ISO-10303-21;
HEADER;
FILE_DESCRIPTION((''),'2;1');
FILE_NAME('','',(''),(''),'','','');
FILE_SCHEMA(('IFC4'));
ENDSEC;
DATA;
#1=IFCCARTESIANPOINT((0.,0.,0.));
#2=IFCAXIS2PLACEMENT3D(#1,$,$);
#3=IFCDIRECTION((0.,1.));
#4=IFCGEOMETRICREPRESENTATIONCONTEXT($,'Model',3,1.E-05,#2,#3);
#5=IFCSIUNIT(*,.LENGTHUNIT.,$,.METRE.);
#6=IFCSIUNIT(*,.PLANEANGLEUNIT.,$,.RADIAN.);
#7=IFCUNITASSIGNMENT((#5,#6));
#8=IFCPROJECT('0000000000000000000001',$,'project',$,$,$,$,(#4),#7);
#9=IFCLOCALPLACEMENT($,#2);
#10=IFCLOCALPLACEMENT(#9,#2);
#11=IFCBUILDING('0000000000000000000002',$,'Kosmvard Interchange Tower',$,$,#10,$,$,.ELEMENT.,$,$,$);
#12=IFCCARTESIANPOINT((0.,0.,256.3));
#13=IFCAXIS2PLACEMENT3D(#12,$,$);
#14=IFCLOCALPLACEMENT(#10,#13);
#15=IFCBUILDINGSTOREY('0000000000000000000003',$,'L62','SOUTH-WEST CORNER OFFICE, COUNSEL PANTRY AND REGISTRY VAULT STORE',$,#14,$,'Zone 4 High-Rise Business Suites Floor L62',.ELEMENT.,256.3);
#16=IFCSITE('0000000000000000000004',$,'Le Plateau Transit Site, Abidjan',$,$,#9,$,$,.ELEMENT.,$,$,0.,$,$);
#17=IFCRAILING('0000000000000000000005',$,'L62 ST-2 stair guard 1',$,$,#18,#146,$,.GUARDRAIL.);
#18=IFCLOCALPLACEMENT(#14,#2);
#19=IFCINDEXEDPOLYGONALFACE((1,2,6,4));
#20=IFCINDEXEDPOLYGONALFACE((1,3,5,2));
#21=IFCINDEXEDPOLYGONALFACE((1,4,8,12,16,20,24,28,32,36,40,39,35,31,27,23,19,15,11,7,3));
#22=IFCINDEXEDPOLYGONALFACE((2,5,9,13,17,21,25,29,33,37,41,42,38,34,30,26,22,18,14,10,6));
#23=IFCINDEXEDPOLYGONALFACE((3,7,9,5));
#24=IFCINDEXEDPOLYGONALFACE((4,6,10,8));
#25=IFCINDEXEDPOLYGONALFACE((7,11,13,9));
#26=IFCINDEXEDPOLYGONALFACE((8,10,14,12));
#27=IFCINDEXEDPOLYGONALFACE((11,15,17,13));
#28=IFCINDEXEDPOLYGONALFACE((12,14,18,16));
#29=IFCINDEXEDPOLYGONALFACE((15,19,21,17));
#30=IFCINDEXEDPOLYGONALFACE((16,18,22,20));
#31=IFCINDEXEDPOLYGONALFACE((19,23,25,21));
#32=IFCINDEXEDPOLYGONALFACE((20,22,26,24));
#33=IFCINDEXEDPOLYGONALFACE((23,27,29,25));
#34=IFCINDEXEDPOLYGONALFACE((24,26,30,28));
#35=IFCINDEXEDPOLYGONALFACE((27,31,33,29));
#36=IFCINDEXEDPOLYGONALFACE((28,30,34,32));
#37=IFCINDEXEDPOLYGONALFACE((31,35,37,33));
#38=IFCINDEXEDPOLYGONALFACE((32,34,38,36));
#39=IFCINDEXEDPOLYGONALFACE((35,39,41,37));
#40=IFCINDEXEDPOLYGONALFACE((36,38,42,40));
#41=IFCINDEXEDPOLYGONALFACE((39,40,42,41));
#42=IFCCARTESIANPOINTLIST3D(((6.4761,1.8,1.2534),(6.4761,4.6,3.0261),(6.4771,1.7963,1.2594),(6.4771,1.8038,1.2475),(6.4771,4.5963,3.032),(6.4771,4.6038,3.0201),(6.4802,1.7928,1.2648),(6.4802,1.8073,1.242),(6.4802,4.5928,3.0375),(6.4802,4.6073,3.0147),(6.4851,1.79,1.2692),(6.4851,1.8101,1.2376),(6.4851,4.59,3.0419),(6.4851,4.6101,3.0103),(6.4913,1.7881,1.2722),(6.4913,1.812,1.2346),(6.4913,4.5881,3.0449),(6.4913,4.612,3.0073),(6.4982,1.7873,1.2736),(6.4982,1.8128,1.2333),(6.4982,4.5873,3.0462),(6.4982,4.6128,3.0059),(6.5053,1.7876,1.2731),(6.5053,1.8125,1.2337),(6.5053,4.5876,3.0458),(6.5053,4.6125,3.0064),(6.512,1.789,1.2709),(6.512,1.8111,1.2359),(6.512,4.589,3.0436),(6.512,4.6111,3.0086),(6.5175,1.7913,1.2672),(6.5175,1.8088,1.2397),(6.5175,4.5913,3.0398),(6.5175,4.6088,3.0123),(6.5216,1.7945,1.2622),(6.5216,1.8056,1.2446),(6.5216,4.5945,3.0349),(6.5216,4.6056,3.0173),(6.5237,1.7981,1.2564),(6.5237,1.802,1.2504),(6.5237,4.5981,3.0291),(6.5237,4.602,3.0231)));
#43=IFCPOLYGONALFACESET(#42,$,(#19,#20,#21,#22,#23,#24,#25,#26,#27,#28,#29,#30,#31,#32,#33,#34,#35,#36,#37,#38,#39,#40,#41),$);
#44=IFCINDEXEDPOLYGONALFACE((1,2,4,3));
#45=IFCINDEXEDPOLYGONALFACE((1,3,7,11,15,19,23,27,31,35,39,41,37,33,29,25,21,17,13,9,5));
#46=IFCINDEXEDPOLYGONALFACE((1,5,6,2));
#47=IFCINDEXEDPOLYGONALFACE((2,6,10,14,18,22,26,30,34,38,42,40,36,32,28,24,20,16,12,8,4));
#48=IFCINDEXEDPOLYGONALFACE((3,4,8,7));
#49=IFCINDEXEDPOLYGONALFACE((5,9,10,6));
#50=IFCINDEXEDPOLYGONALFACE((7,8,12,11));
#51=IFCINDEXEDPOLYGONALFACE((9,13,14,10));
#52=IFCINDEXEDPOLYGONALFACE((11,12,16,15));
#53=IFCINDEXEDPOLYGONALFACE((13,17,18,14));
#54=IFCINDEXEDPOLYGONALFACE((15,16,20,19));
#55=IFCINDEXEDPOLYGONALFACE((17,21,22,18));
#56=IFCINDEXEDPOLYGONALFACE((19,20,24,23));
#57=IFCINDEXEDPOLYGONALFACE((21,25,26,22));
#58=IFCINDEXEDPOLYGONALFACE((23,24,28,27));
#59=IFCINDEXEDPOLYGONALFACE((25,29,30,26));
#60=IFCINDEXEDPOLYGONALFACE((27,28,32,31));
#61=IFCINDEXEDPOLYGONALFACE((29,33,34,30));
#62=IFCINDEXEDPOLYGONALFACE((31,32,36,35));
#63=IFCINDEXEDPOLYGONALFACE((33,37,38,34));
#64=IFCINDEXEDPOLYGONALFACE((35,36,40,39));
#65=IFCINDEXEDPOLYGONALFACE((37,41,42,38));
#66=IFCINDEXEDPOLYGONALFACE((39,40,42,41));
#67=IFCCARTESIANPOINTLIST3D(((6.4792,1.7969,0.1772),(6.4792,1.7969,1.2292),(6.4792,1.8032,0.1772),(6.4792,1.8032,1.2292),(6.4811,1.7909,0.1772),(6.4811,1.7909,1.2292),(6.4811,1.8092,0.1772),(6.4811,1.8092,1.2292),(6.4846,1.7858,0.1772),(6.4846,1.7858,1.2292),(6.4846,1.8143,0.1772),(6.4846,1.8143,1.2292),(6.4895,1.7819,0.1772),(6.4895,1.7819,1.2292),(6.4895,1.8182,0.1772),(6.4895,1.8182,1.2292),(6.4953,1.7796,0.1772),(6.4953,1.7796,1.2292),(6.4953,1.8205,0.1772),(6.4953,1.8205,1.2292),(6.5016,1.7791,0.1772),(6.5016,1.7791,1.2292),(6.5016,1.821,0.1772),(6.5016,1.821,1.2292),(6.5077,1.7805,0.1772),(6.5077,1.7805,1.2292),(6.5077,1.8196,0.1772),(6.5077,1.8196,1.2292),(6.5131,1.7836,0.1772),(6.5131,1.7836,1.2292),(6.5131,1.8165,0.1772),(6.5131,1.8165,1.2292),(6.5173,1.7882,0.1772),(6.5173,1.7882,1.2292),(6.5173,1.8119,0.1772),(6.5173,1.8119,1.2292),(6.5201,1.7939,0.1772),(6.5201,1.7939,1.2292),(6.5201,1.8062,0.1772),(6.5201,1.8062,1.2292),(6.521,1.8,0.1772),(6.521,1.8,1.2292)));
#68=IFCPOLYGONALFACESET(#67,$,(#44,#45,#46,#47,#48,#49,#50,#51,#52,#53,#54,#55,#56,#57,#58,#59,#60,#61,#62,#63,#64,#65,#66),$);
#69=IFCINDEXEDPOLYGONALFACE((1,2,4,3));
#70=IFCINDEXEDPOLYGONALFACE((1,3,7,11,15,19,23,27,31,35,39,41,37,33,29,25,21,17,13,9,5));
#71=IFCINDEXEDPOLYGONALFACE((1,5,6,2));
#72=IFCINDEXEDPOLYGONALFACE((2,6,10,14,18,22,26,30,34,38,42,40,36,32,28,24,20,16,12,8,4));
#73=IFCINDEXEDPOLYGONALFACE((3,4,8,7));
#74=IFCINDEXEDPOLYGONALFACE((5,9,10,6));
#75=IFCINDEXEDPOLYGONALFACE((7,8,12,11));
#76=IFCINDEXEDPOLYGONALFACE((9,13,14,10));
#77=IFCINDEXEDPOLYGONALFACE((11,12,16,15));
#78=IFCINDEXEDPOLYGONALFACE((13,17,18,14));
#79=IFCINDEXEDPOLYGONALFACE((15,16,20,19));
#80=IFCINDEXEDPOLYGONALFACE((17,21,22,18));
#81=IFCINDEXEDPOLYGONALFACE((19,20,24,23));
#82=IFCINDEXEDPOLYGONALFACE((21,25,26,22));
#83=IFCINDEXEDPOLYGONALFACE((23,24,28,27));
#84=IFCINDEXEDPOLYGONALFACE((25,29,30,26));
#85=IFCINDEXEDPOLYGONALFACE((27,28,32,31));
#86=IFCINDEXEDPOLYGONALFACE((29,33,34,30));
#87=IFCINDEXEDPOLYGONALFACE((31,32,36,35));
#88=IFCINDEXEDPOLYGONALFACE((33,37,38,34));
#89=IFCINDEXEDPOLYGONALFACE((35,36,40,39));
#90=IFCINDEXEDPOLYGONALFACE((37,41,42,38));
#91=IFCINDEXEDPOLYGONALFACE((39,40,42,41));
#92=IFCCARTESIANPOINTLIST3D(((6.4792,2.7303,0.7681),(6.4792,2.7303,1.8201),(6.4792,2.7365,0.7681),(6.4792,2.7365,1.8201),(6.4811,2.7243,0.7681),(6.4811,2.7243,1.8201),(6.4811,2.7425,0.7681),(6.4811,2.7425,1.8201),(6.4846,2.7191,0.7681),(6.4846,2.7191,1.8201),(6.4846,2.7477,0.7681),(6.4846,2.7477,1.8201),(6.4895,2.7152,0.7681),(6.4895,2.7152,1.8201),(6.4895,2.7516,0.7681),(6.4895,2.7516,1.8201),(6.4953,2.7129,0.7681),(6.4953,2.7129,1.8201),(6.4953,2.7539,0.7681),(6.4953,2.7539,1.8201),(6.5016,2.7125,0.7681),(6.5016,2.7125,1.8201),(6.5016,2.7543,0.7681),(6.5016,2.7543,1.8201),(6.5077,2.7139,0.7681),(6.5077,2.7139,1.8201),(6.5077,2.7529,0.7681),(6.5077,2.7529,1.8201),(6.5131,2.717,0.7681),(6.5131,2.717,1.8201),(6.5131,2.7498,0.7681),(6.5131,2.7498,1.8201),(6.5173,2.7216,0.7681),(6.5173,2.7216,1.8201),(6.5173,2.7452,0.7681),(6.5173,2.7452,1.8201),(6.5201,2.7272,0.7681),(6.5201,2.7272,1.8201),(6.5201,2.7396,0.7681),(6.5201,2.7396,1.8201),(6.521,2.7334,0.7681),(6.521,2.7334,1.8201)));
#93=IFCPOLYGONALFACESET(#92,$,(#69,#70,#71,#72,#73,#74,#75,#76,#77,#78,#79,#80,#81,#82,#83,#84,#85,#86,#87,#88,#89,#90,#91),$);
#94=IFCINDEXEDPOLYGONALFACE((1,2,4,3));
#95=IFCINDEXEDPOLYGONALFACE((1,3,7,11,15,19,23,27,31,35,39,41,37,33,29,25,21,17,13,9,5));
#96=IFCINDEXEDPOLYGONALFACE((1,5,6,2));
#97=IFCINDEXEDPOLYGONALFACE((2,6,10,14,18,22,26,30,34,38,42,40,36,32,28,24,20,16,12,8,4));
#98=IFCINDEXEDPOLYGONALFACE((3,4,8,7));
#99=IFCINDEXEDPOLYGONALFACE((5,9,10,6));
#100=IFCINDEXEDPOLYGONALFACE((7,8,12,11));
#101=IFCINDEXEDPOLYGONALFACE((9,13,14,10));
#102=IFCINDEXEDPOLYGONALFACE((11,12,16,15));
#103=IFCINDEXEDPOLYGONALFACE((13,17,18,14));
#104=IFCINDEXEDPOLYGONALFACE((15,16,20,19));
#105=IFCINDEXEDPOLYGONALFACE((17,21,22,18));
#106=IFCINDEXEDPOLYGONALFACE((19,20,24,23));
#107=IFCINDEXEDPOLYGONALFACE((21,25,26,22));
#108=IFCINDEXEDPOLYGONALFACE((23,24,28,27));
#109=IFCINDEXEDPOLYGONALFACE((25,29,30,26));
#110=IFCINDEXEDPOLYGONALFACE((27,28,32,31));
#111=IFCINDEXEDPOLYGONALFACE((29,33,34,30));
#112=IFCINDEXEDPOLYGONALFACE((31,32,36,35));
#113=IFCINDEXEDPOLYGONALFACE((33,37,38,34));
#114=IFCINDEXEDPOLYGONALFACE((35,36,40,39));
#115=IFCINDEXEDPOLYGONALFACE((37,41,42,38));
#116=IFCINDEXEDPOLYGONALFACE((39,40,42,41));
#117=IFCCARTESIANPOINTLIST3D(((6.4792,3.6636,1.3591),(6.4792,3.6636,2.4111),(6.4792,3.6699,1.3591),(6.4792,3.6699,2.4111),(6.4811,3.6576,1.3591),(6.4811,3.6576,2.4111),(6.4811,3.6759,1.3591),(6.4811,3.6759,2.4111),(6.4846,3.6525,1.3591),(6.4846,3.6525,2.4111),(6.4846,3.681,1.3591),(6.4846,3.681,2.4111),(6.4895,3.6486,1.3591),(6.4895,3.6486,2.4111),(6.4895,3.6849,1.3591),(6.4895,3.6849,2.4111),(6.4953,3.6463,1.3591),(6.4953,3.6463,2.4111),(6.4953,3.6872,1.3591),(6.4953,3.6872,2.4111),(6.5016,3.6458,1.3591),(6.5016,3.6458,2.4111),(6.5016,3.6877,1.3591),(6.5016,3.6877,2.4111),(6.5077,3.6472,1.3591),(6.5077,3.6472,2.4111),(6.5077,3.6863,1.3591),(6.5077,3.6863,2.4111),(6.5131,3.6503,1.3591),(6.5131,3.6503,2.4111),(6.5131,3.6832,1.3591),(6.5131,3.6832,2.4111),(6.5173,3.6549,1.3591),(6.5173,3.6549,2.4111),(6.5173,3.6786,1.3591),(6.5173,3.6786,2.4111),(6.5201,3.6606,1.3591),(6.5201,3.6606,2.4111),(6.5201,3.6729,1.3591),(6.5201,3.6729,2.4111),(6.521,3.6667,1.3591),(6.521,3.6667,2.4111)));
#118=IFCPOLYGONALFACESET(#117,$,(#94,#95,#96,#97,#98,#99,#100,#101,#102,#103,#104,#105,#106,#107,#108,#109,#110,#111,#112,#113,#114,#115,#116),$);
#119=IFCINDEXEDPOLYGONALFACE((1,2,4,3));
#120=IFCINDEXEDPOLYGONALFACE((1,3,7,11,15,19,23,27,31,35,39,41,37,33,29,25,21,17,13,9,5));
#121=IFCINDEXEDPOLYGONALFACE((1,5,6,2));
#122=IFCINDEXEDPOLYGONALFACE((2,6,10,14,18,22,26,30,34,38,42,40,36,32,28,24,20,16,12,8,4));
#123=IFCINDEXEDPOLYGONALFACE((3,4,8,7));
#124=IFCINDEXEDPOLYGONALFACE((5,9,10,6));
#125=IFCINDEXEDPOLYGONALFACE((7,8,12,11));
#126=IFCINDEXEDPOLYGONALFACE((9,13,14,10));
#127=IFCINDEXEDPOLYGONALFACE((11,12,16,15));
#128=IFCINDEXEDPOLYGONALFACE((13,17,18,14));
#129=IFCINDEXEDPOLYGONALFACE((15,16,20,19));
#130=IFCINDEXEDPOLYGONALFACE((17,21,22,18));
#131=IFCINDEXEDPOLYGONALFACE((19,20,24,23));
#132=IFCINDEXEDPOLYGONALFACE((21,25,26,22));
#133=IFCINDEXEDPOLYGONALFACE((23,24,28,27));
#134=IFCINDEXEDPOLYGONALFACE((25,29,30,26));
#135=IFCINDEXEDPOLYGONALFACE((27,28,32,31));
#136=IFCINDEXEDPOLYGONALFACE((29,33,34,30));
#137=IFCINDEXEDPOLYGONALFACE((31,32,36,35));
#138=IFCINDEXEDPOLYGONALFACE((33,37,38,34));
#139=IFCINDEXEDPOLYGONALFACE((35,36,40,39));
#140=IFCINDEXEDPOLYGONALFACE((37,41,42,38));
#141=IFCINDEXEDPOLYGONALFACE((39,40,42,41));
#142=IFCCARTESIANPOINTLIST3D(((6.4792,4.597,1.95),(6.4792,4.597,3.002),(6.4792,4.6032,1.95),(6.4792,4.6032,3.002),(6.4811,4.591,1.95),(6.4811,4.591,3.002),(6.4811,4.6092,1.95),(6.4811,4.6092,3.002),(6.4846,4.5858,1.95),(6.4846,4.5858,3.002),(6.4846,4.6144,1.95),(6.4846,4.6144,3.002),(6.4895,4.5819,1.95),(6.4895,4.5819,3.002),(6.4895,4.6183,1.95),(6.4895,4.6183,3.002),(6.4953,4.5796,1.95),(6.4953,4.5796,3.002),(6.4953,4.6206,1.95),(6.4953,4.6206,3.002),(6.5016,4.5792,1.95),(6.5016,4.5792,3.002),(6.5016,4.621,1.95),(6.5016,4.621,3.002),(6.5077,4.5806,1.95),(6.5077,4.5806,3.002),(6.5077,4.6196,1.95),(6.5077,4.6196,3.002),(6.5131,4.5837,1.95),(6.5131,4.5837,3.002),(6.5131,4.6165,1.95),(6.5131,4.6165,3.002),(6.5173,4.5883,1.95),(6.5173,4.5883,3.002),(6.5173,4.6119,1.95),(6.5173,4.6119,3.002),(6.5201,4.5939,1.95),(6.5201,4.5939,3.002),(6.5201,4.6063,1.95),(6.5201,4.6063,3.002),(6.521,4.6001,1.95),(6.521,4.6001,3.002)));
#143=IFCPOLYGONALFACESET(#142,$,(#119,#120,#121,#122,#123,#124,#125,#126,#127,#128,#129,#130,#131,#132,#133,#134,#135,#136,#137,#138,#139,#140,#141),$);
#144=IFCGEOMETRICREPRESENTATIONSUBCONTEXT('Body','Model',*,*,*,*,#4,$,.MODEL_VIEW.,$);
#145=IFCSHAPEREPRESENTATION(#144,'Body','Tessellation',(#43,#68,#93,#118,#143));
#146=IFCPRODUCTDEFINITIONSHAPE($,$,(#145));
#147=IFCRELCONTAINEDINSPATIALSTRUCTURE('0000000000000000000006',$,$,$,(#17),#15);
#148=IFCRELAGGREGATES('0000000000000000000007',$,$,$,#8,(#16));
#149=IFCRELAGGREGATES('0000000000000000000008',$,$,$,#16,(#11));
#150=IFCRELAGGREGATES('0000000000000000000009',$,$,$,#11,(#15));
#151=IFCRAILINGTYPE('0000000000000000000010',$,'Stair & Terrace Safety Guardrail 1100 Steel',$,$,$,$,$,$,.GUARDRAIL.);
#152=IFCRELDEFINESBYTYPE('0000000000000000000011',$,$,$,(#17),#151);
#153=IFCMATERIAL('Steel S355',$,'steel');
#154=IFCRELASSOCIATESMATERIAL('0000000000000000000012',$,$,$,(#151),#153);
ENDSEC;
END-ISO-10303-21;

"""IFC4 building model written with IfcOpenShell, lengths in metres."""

from ifc_helpers import new_model, si_unit, direction, frame, origin, origin_2d, place, context, subcontext, project, spatial, circle, extrude, source, transform, mapped, material, type_object, element, save


model = new_model("IFC4")

# Units and contexts
model_context = context("Model", 3, precision=1e-05, world=origin(), true_north=direction((0.0, 1.0)))
body_context = subcontext(model_context, "Body", "Model", "MODEL_VIEW")
ifc_project = project(units=[si_unit("LENGTHUNIT", "METRE"), si_unit("PLANEANGLEUNIT", "RADIAN")], contexts=[model_context])

# Site, building, storey
site_placement = place(None, origin())
site = spatial("IfcSite", under=ifc_project, at=site_placement, Name="Le Plateau Transit Site, Abidjan", CompositionType="ELEMENT", RefElevation=0.0)
building_placement = place(site_placement, origin())
building = spatial("IfcBuilding", under=site, at=building_placement, Name="Kosmvard Interchange Tower", CompositionType="ELEMENT")
storey_placement = place(building_placement, frame((0.0, 0.0, 256.3)))
storey = spatial("IfcBuildingStorey", under=building, at=storey_placement, Name="L62", Description="SOUTH-WEST CORNER OFFICE, COUNSEL PANTRY AND REGISTRY VAULT STORE", LongName="Zone 4 High-Rise Business Suites Floor L62", CompositionType="ELEMENT", Elevation=256.3)

# Shared definitions
ifc_material_1 = material(Name="Steel S355", Category="steel")

# Railing
railing_type_1 = type_object("IfcRailingType", Name="Stair & Terrace Safety Guardrail 1100 Steel", PredefinedType="GUARDRAIL", material=ifc_material_1)
shared_shape_1 = source(origin(), body_context, "Body", "SweptSolid", [
    extrude(circle(Radius=0.0239, at=origin_2d()), frame((0.0, 0.0, 1.0762), z_axis=(0.0, 0.844909, 0.53491), x_axis=(-1.0, 0.0, 0.0)), (0.0, 0.0, 1.0), 3.314),
    extrude(circle(Radius=0.021, at=origin_2d()), origin(), (0.0, 0.0, 1.0), 1.052),
    extrude(circle(Radius=0.021, at=origin_2d()), frame((0.0, 0.9333, 0.5908)), (0.0, 0.0, 1.0), 1.052),
    extrude(circle(Radius=0.021, at=origin_2d()), frame((0.0, 1.8667, 1.1819)), (0.0, 0.0, 1.0), 1.052),
    extrude(circle(Radius=0.021, at=origin_2d()), frame((0.0, 2.8, 1.7727)), (0.0, 0.0, 1.0), 1.052),
])
railing_1_placement = place(storey_placement, frame((6.5, 1.8, 0.1772)))
element("IfcRailing", 1, at=railing_1_placement, inside=storey, type_object=railing_type_1, Name="L62 ST-2 stair guard 1", PredefinedType="GUARDRAIL", context=body_context, shape_type="MappedRepresentation", body=[
    mapped(shared_shape_1, transform((0.0, 0.0, 0.0), scale=1.0)),
])

save(model, "model.ifc")
